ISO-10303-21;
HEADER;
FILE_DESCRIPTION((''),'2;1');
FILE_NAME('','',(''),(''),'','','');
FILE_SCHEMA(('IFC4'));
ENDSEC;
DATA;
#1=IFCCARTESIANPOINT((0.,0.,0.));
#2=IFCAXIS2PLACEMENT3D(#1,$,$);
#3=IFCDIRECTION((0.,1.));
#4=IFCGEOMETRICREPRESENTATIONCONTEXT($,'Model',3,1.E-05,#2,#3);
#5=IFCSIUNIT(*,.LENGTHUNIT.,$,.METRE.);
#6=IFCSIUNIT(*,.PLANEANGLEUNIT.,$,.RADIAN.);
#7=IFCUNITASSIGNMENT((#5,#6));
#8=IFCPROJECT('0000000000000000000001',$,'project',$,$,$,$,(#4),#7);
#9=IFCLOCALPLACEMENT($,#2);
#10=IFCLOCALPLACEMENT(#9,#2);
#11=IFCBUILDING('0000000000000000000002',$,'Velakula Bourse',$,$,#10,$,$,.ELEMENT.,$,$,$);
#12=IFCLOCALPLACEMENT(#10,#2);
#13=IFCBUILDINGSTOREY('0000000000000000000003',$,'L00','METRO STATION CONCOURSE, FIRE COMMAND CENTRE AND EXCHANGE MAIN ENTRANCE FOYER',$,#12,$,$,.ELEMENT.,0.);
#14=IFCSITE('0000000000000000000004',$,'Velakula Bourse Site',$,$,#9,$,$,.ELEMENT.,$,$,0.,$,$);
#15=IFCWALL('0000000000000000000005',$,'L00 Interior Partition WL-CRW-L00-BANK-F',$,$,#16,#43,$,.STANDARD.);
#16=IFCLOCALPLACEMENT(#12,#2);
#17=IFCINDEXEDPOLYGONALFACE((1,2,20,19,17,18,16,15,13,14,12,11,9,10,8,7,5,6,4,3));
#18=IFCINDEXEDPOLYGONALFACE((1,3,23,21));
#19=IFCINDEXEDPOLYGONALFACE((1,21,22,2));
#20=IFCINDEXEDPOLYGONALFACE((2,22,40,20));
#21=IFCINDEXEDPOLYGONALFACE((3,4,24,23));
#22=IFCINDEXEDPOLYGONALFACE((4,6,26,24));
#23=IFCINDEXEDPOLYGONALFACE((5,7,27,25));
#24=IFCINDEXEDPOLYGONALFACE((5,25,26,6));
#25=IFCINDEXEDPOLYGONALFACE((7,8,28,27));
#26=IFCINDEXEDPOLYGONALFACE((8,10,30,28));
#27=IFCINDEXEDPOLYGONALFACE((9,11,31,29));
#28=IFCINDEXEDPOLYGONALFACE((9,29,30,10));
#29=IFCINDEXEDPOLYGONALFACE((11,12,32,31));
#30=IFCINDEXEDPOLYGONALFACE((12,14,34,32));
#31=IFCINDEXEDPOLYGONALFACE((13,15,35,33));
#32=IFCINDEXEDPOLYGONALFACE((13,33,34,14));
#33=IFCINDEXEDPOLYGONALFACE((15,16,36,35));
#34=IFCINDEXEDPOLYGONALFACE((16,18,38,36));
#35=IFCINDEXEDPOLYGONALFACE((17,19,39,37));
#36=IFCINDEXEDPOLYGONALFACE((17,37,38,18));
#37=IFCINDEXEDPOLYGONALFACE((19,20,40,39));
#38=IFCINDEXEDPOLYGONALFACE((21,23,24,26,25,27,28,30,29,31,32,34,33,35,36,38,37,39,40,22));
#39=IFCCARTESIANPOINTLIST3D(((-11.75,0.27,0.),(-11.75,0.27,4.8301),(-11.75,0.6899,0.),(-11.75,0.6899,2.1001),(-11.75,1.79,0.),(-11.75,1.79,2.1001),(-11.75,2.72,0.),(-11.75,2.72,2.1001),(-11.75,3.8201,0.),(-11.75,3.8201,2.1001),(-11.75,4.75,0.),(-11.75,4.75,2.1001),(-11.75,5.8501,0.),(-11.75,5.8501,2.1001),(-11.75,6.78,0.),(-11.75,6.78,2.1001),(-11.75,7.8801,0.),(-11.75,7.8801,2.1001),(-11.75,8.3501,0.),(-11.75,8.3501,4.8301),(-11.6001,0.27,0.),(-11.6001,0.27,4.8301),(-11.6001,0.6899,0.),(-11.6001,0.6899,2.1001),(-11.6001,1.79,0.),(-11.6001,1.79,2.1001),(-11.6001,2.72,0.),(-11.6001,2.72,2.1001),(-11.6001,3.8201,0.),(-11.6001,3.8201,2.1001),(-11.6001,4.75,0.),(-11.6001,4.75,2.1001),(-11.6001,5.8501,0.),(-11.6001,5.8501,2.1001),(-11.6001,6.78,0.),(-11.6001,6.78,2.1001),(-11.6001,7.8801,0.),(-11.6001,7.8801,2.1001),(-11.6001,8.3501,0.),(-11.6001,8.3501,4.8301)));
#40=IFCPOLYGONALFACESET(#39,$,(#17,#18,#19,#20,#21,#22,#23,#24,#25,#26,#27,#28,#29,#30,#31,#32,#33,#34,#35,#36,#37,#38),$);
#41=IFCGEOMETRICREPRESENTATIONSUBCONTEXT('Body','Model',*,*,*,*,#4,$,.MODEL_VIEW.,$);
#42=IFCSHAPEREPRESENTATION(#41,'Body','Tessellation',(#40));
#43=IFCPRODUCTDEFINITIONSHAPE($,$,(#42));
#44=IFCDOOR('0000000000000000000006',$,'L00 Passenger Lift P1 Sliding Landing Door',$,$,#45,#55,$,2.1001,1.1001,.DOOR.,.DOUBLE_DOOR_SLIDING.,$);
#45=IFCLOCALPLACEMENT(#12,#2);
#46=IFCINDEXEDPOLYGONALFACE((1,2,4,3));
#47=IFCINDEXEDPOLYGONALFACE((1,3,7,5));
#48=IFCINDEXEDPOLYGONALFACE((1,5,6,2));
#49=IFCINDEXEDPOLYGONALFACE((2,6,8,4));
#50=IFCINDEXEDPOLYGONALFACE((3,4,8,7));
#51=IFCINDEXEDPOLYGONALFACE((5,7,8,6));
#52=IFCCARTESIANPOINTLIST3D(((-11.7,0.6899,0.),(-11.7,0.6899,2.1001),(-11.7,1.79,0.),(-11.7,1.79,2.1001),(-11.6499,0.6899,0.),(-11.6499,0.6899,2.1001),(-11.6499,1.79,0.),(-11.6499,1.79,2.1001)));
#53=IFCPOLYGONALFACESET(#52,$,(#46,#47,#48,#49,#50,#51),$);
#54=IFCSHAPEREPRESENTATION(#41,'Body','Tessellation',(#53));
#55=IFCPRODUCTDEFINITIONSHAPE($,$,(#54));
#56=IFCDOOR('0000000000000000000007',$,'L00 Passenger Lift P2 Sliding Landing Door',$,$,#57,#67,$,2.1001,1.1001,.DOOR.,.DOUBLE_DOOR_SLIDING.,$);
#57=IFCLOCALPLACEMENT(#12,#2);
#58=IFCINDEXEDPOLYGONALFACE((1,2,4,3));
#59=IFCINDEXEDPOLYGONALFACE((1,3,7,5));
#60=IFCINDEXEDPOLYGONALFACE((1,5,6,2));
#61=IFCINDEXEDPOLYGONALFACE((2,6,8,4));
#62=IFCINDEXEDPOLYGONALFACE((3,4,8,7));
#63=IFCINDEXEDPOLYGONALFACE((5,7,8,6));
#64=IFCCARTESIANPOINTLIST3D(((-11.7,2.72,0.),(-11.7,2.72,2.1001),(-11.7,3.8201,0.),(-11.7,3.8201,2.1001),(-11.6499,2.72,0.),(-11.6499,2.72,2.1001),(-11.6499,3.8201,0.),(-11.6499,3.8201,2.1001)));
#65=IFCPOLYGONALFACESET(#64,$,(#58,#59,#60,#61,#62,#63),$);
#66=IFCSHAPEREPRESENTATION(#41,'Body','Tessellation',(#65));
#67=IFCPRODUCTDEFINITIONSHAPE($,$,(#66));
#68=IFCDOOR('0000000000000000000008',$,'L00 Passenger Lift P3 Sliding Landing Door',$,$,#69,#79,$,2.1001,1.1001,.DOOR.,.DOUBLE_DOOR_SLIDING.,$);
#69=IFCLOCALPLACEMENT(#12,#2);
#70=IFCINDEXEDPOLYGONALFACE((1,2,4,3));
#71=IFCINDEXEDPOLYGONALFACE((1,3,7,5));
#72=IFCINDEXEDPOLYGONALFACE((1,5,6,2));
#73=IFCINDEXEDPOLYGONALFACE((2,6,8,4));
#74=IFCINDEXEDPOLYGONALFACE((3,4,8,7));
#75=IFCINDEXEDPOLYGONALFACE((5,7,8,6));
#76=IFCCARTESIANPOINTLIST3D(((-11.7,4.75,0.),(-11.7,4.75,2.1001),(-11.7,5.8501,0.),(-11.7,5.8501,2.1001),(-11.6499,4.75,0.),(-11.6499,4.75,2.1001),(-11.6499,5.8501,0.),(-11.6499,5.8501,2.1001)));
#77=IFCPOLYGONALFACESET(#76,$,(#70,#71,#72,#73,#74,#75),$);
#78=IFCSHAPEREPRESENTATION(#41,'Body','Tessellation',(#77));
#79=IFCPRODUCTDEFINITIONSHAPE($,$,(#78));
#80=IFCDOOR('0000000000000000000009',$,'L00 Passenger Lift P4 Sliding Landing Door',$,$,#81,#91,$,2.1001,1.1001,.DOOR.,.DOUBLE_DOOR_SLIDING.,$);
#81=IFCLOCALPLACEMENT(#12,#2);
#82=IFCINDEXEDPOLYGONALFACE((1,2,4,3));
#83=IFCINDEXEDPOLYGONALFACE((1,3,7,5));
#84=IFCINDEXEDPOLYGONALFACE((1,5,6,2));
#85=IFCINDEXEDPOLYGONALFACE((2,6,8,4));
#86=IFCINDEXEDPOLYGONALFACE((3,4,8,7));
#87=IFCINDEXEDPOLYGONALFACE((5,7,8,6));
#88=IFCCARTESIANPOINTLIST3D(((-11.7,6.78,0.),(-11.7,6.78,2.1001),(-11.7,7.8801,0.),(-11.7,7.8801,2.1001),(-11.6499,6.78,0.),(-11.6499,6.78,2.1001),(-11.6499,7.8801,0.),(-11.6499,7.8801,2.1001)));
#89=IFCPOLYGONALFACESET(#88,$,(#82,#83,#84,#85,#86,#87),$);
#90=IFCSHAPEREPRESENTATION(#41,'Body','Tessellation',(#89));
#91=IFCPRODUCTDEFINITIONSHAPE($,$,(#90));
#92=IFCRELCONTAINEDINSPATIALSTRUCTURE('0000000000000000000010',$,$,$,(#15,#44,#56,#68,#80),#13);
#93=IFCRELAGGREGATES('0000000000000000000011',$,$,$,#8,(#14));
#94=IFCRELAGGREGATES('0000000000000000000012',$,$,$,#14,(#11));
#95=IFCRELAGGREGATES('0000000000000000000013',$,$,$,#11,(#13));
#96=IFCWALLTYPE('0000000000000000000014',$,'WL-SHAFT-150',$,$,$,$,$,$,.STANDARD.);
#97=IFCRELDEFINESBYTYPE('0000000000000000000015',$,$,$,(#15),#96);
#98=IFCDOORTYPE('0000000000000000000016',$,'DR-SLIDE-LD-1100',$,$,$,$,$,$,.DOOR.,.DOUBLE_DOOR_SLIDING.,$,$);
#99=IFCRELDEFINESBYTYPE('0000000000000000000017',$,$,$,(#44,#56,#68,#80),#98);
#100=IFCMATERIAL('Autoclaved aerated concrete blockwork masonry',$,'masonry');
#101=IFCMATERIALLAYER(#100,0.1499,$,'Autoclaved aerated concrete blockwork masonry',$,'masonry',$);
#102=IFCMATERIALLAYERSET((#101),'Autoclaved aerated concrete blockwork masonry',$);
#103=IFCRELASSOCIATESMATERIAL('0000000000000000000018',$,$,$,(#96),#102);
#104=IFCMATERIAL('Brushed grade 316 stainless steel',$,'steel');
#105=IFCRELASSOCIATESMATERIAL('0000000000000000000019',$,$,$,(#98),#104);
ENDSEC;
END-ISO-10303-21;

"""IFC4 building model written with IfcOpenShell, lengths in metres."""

from ifc_helpers import new_model, si_unit, direction, frame, frame_2d, origin, place, context, subcontext, project, spatial, rectangle, extrude, material, layer, layer_set, type_object, element, fill, save


model = new_model("IFC4")

# Units and contexts
model_context = context("Model", 3, precision=1e-05, world=origin(), true_north=direction((0.0, 1.0)))
body_context = subcontext(model_context, "Body", "Model", "MODEL_VIEW")
ifc_project = project(units=[si_unit("LENGTHUNIT", "METRE"), si_unit("PLANEANGLEUNIT", "RADIAN")], contexts=[model_context])

# Site, building, storey
site_placement = place(None, origin())
site = spatial("IfcSite", under=ifc_project, at=site_placement, Name="Velakula Bourse Site", CompositionType="ELEMENT", RefElevation=0.0)
building_placement = place(site_placement, origin())
building = spatial("IfcBuilding", under=site, at=building_placement, Name="Velakula Bourse", CompositionType="ELEMENT")
storey_placement = place(building_placement, origin())
storey = spatial("IfcBuildingStorey", under=building, at=storey_placement, Name="L00", Description="METRO STATION CONCOURSE, FIRE COMMAND CENTRE AND EXCHANGE MAIN ENTRANCE FOYER", CompositionType="ELEMENT", Elevation=0.0)

# Shared definitions
ifc_material_1 = material(Name="Autoclaved aerated concrete blockwork masonry", Category="masonry")
ifc_layer_1 = layer(ifc_material_1, 0.1499, Name="Autoclaved aerated concrete blockwork masonry", Category="masonry")
ifc_layer_set_1 = layer_set([ifc_layer_1], Name="Autoclaved aerated concrete blockwork masonry")
wall_type_1 = type_object("IfcWallType", Name="WL-SHAFT-150", PredefinedType="STANDARD", material=ifc_layer_set_1)

# Wall, openings, doors
wall_1_placement = place(storey_placement, frame((-11.675, 0.27, 0.0), z_axis=(0.0, 0.0, 1.0), x_axis=(0.0, 1.0, 0.0)))
wall_1 = element("IfcWall", 1, at=wall_1_placement, inside=storey, type_object=wall_type_1, Name="L00 Interior Partition WL-CRW-L00-BANK-F", PredefinedType="STANDARD", context=body_context, shape_type="SweptSolid", body=[
    extrude(rectangle(XDim=8.0801, YDim=0.1499, at=frame_2d((4.04, 0.0))), origin(), (0.0, 0.0, 1.0), 4.8301),
])
opening_1_placement = place(wall_1_placement, frame((0.4199, 0.0, 0.0)))
opening_1 = element("IfcOpeningElement", 2, at=opening_1_placement, cuts=wall_1, PredefinedType="OPENING", context=body_context, shape_type="SweptSolid", body=[
    extrude(rectangle(XDim=1.1001, YDim=2.1001, at=frame_2d((0.55, 1.05))), frame((0.0, 0.085, 0.0), z_axis=(0.0, -1.0, 0.0), x_axis=(1.0, 0.0, 0.0)), (0.0, 0.0, 1.0), 0.1699),
])
opening_2_placement = place(wall_1_placement, frame((2.45, 0.0, 0.0)))
opening_2 = element("IfcOpeningElement", 3, at=opening_2_placement, cuts=wall_1, PredefinedType="OPENING", context=body_context, shape_type="SweptSolid", body=[
    extrude(rectangle(XDim=1.1001, YDim=2.1001, at=frame_2d((0.55, 1.05))), frame((0.0, 0.085, 0.0), z_axis=(0.0, -1.0, 0.0), x_axis=(1.0, 0.0, 0.0)), (0.0, 0.0, 1.0), 0.1699),
])
opening_3_placement = place(wall_1_placement, frame((4.48, 0.0, 0.0)))
opening_3 = element("IfcOpeningElement", 4, at=opening_3_placement, cuts=wall_1, PredefinedType="OPENING", context=body_context, shape_type="SweptSolid", body=[
    extrude(rectangle(XDim=1.1001, YDim=2.1001, at=frame_2d((0.55, 1.05))), frame((0.0, 0.085, 0.0), z_axis=(0.0, -1.0, 0.0), x_axis=(1.0, 0.0, 0.0)), (0.0, 0.0, 1.0), 0.1699),
])
opening_4_placement = place(wall_1_placement, frame((6.51, 0.0, 0.0)))
opening_4 = element("IfcOpeningElement", 5, at=opening_4_placement, cuts=wall_1, PredefinedType="OPENING", context=body_context, shape_type="SweptSolid", body=[
    extrude(rectangle(XDim=1.1001, YDim=2.1001, at=frame_2d((0.55, 1.05))), frame((0.0, 0.085, 0.0), z_axis=(0.0, -1.0, 0.0), x_axis=(1.0, 0.0, 0.0)), (0.0, 0.0, 1.0), 0.1699),
])
ifc_material_2 = material(Name="Brushed grade 316 stainless steel", Category="steel")
door_type_1 = type_object("IfcDoorType", Name="DR-SLIDE-LD-1100", OperationType="DOUBLE_DOOR_SLIDING", PredefinedType="DOOR", material=ifc_material_2)
door_1_placement = place(opening_1_placement, origin())
door_1 = element("IfcDoor", 6, at=door_1_placement, inside=storey, type_object=door_type_1, Name="L00 Passenger Lift P1 Sliding Landing Door", OperationType="DOUBLE_DOOR_SLIDING", OverallHeight=2.1001, OverallWidth=1.1001, PredefinedType="DOOR", context=body_context, shape_type="SweptSolid", body=[
    extrude(rectangle(XDim=1.1001, YDim=2.1001, at=frame_2d((0.55, 1.05))), frame((0.0, 0.0249, 0.0), z_axis=(0.0, -1.0, 0.0), x_axis=(1.0, 0.0, 0.0)), (0.0, 0.0, 1.0), 0.05),
])
fill(opening_1, door_1)
door_2_placement = place(opening_2_placement, origin())
door_2 = element("IfcDoor", 7, at=door_2_placement, inside=storey, type_object=door_type_1, Name="L00 Passenger Lift P2 Sliding Landing Door", OperationType="DOUBLE_DOOR_SLIDING", OverallHeight=2.1001, OverallWidth=1.1001, PredefinedType="DOOR", context=body_context, shape_type="SweptSolid", body=[
    extrude(rectangle(XDim=1.1001, YDim=2.1001, at=frame_2d((0.55, 1.05))), frame((0.0, 0.0249, 0.0), z_axis=(0.0, -1.0, 0.0), x_axis=(1.0, 0.0, 0.0)), (0.0, 0.0, 1.0), 0.05),
])
fill(opening_2, door_2)
door_3_placement = place(opening_3_placement, origin())
door_3 = element("IfcDoor", 8, at=door_3_placement, inside=storey, type_object=door_type_1, Name="L00 Passenger Lift P3 Sliding Landing Door", OperationType="DOUBLE_DOOR_SLIDING", OverallHeight=2.1001, OverallWidth=1.1001, PredefinedType="DOOR", context=body_context, shape_type="SweptSolid", body=[
    extrude(rectangle(XDim=1.1001, YDim=2.1001, at=frame_2d((0.55, 1.05))), frame((0.0, 0.0249, 0.0), z_axis=(0.0, -1.0, 0.0), x_axis=(1.0, 0.0, 0.0)), (0.0, 0.0, 1.0), 0.05),
])
fill(opening_3, door_3)
door_4_placement = place(opening_4_placement, origin())
door_4 = element("IfcDoor", 9, at=door_4_placement, inside=storey, type_object=door_type_1, Name="L00 Passenger Lift P4 Sliding Landing Door", OperationType="DOUBLE_DOOR_SLIDING", OverallHeight=2.1001, OverallWidth=1.1001, PredefinedType="DOOR", context=body_context, shape_type="SweptSolid", body=[
    extrude(rectangle(XDim=1.1001, YDim=2.1001, at=frame_2d((0.55, 1.05))), frame((0.0, 0.0249, 0.0), z_axis=(0.0, -1.0, 0.0), x_axis=(1.0, 0.0, 0.0)), (0.0, 0.0, 1.0), 0.05),
])
fill(opening_4, door_4)

save(model, "model.ifc")
